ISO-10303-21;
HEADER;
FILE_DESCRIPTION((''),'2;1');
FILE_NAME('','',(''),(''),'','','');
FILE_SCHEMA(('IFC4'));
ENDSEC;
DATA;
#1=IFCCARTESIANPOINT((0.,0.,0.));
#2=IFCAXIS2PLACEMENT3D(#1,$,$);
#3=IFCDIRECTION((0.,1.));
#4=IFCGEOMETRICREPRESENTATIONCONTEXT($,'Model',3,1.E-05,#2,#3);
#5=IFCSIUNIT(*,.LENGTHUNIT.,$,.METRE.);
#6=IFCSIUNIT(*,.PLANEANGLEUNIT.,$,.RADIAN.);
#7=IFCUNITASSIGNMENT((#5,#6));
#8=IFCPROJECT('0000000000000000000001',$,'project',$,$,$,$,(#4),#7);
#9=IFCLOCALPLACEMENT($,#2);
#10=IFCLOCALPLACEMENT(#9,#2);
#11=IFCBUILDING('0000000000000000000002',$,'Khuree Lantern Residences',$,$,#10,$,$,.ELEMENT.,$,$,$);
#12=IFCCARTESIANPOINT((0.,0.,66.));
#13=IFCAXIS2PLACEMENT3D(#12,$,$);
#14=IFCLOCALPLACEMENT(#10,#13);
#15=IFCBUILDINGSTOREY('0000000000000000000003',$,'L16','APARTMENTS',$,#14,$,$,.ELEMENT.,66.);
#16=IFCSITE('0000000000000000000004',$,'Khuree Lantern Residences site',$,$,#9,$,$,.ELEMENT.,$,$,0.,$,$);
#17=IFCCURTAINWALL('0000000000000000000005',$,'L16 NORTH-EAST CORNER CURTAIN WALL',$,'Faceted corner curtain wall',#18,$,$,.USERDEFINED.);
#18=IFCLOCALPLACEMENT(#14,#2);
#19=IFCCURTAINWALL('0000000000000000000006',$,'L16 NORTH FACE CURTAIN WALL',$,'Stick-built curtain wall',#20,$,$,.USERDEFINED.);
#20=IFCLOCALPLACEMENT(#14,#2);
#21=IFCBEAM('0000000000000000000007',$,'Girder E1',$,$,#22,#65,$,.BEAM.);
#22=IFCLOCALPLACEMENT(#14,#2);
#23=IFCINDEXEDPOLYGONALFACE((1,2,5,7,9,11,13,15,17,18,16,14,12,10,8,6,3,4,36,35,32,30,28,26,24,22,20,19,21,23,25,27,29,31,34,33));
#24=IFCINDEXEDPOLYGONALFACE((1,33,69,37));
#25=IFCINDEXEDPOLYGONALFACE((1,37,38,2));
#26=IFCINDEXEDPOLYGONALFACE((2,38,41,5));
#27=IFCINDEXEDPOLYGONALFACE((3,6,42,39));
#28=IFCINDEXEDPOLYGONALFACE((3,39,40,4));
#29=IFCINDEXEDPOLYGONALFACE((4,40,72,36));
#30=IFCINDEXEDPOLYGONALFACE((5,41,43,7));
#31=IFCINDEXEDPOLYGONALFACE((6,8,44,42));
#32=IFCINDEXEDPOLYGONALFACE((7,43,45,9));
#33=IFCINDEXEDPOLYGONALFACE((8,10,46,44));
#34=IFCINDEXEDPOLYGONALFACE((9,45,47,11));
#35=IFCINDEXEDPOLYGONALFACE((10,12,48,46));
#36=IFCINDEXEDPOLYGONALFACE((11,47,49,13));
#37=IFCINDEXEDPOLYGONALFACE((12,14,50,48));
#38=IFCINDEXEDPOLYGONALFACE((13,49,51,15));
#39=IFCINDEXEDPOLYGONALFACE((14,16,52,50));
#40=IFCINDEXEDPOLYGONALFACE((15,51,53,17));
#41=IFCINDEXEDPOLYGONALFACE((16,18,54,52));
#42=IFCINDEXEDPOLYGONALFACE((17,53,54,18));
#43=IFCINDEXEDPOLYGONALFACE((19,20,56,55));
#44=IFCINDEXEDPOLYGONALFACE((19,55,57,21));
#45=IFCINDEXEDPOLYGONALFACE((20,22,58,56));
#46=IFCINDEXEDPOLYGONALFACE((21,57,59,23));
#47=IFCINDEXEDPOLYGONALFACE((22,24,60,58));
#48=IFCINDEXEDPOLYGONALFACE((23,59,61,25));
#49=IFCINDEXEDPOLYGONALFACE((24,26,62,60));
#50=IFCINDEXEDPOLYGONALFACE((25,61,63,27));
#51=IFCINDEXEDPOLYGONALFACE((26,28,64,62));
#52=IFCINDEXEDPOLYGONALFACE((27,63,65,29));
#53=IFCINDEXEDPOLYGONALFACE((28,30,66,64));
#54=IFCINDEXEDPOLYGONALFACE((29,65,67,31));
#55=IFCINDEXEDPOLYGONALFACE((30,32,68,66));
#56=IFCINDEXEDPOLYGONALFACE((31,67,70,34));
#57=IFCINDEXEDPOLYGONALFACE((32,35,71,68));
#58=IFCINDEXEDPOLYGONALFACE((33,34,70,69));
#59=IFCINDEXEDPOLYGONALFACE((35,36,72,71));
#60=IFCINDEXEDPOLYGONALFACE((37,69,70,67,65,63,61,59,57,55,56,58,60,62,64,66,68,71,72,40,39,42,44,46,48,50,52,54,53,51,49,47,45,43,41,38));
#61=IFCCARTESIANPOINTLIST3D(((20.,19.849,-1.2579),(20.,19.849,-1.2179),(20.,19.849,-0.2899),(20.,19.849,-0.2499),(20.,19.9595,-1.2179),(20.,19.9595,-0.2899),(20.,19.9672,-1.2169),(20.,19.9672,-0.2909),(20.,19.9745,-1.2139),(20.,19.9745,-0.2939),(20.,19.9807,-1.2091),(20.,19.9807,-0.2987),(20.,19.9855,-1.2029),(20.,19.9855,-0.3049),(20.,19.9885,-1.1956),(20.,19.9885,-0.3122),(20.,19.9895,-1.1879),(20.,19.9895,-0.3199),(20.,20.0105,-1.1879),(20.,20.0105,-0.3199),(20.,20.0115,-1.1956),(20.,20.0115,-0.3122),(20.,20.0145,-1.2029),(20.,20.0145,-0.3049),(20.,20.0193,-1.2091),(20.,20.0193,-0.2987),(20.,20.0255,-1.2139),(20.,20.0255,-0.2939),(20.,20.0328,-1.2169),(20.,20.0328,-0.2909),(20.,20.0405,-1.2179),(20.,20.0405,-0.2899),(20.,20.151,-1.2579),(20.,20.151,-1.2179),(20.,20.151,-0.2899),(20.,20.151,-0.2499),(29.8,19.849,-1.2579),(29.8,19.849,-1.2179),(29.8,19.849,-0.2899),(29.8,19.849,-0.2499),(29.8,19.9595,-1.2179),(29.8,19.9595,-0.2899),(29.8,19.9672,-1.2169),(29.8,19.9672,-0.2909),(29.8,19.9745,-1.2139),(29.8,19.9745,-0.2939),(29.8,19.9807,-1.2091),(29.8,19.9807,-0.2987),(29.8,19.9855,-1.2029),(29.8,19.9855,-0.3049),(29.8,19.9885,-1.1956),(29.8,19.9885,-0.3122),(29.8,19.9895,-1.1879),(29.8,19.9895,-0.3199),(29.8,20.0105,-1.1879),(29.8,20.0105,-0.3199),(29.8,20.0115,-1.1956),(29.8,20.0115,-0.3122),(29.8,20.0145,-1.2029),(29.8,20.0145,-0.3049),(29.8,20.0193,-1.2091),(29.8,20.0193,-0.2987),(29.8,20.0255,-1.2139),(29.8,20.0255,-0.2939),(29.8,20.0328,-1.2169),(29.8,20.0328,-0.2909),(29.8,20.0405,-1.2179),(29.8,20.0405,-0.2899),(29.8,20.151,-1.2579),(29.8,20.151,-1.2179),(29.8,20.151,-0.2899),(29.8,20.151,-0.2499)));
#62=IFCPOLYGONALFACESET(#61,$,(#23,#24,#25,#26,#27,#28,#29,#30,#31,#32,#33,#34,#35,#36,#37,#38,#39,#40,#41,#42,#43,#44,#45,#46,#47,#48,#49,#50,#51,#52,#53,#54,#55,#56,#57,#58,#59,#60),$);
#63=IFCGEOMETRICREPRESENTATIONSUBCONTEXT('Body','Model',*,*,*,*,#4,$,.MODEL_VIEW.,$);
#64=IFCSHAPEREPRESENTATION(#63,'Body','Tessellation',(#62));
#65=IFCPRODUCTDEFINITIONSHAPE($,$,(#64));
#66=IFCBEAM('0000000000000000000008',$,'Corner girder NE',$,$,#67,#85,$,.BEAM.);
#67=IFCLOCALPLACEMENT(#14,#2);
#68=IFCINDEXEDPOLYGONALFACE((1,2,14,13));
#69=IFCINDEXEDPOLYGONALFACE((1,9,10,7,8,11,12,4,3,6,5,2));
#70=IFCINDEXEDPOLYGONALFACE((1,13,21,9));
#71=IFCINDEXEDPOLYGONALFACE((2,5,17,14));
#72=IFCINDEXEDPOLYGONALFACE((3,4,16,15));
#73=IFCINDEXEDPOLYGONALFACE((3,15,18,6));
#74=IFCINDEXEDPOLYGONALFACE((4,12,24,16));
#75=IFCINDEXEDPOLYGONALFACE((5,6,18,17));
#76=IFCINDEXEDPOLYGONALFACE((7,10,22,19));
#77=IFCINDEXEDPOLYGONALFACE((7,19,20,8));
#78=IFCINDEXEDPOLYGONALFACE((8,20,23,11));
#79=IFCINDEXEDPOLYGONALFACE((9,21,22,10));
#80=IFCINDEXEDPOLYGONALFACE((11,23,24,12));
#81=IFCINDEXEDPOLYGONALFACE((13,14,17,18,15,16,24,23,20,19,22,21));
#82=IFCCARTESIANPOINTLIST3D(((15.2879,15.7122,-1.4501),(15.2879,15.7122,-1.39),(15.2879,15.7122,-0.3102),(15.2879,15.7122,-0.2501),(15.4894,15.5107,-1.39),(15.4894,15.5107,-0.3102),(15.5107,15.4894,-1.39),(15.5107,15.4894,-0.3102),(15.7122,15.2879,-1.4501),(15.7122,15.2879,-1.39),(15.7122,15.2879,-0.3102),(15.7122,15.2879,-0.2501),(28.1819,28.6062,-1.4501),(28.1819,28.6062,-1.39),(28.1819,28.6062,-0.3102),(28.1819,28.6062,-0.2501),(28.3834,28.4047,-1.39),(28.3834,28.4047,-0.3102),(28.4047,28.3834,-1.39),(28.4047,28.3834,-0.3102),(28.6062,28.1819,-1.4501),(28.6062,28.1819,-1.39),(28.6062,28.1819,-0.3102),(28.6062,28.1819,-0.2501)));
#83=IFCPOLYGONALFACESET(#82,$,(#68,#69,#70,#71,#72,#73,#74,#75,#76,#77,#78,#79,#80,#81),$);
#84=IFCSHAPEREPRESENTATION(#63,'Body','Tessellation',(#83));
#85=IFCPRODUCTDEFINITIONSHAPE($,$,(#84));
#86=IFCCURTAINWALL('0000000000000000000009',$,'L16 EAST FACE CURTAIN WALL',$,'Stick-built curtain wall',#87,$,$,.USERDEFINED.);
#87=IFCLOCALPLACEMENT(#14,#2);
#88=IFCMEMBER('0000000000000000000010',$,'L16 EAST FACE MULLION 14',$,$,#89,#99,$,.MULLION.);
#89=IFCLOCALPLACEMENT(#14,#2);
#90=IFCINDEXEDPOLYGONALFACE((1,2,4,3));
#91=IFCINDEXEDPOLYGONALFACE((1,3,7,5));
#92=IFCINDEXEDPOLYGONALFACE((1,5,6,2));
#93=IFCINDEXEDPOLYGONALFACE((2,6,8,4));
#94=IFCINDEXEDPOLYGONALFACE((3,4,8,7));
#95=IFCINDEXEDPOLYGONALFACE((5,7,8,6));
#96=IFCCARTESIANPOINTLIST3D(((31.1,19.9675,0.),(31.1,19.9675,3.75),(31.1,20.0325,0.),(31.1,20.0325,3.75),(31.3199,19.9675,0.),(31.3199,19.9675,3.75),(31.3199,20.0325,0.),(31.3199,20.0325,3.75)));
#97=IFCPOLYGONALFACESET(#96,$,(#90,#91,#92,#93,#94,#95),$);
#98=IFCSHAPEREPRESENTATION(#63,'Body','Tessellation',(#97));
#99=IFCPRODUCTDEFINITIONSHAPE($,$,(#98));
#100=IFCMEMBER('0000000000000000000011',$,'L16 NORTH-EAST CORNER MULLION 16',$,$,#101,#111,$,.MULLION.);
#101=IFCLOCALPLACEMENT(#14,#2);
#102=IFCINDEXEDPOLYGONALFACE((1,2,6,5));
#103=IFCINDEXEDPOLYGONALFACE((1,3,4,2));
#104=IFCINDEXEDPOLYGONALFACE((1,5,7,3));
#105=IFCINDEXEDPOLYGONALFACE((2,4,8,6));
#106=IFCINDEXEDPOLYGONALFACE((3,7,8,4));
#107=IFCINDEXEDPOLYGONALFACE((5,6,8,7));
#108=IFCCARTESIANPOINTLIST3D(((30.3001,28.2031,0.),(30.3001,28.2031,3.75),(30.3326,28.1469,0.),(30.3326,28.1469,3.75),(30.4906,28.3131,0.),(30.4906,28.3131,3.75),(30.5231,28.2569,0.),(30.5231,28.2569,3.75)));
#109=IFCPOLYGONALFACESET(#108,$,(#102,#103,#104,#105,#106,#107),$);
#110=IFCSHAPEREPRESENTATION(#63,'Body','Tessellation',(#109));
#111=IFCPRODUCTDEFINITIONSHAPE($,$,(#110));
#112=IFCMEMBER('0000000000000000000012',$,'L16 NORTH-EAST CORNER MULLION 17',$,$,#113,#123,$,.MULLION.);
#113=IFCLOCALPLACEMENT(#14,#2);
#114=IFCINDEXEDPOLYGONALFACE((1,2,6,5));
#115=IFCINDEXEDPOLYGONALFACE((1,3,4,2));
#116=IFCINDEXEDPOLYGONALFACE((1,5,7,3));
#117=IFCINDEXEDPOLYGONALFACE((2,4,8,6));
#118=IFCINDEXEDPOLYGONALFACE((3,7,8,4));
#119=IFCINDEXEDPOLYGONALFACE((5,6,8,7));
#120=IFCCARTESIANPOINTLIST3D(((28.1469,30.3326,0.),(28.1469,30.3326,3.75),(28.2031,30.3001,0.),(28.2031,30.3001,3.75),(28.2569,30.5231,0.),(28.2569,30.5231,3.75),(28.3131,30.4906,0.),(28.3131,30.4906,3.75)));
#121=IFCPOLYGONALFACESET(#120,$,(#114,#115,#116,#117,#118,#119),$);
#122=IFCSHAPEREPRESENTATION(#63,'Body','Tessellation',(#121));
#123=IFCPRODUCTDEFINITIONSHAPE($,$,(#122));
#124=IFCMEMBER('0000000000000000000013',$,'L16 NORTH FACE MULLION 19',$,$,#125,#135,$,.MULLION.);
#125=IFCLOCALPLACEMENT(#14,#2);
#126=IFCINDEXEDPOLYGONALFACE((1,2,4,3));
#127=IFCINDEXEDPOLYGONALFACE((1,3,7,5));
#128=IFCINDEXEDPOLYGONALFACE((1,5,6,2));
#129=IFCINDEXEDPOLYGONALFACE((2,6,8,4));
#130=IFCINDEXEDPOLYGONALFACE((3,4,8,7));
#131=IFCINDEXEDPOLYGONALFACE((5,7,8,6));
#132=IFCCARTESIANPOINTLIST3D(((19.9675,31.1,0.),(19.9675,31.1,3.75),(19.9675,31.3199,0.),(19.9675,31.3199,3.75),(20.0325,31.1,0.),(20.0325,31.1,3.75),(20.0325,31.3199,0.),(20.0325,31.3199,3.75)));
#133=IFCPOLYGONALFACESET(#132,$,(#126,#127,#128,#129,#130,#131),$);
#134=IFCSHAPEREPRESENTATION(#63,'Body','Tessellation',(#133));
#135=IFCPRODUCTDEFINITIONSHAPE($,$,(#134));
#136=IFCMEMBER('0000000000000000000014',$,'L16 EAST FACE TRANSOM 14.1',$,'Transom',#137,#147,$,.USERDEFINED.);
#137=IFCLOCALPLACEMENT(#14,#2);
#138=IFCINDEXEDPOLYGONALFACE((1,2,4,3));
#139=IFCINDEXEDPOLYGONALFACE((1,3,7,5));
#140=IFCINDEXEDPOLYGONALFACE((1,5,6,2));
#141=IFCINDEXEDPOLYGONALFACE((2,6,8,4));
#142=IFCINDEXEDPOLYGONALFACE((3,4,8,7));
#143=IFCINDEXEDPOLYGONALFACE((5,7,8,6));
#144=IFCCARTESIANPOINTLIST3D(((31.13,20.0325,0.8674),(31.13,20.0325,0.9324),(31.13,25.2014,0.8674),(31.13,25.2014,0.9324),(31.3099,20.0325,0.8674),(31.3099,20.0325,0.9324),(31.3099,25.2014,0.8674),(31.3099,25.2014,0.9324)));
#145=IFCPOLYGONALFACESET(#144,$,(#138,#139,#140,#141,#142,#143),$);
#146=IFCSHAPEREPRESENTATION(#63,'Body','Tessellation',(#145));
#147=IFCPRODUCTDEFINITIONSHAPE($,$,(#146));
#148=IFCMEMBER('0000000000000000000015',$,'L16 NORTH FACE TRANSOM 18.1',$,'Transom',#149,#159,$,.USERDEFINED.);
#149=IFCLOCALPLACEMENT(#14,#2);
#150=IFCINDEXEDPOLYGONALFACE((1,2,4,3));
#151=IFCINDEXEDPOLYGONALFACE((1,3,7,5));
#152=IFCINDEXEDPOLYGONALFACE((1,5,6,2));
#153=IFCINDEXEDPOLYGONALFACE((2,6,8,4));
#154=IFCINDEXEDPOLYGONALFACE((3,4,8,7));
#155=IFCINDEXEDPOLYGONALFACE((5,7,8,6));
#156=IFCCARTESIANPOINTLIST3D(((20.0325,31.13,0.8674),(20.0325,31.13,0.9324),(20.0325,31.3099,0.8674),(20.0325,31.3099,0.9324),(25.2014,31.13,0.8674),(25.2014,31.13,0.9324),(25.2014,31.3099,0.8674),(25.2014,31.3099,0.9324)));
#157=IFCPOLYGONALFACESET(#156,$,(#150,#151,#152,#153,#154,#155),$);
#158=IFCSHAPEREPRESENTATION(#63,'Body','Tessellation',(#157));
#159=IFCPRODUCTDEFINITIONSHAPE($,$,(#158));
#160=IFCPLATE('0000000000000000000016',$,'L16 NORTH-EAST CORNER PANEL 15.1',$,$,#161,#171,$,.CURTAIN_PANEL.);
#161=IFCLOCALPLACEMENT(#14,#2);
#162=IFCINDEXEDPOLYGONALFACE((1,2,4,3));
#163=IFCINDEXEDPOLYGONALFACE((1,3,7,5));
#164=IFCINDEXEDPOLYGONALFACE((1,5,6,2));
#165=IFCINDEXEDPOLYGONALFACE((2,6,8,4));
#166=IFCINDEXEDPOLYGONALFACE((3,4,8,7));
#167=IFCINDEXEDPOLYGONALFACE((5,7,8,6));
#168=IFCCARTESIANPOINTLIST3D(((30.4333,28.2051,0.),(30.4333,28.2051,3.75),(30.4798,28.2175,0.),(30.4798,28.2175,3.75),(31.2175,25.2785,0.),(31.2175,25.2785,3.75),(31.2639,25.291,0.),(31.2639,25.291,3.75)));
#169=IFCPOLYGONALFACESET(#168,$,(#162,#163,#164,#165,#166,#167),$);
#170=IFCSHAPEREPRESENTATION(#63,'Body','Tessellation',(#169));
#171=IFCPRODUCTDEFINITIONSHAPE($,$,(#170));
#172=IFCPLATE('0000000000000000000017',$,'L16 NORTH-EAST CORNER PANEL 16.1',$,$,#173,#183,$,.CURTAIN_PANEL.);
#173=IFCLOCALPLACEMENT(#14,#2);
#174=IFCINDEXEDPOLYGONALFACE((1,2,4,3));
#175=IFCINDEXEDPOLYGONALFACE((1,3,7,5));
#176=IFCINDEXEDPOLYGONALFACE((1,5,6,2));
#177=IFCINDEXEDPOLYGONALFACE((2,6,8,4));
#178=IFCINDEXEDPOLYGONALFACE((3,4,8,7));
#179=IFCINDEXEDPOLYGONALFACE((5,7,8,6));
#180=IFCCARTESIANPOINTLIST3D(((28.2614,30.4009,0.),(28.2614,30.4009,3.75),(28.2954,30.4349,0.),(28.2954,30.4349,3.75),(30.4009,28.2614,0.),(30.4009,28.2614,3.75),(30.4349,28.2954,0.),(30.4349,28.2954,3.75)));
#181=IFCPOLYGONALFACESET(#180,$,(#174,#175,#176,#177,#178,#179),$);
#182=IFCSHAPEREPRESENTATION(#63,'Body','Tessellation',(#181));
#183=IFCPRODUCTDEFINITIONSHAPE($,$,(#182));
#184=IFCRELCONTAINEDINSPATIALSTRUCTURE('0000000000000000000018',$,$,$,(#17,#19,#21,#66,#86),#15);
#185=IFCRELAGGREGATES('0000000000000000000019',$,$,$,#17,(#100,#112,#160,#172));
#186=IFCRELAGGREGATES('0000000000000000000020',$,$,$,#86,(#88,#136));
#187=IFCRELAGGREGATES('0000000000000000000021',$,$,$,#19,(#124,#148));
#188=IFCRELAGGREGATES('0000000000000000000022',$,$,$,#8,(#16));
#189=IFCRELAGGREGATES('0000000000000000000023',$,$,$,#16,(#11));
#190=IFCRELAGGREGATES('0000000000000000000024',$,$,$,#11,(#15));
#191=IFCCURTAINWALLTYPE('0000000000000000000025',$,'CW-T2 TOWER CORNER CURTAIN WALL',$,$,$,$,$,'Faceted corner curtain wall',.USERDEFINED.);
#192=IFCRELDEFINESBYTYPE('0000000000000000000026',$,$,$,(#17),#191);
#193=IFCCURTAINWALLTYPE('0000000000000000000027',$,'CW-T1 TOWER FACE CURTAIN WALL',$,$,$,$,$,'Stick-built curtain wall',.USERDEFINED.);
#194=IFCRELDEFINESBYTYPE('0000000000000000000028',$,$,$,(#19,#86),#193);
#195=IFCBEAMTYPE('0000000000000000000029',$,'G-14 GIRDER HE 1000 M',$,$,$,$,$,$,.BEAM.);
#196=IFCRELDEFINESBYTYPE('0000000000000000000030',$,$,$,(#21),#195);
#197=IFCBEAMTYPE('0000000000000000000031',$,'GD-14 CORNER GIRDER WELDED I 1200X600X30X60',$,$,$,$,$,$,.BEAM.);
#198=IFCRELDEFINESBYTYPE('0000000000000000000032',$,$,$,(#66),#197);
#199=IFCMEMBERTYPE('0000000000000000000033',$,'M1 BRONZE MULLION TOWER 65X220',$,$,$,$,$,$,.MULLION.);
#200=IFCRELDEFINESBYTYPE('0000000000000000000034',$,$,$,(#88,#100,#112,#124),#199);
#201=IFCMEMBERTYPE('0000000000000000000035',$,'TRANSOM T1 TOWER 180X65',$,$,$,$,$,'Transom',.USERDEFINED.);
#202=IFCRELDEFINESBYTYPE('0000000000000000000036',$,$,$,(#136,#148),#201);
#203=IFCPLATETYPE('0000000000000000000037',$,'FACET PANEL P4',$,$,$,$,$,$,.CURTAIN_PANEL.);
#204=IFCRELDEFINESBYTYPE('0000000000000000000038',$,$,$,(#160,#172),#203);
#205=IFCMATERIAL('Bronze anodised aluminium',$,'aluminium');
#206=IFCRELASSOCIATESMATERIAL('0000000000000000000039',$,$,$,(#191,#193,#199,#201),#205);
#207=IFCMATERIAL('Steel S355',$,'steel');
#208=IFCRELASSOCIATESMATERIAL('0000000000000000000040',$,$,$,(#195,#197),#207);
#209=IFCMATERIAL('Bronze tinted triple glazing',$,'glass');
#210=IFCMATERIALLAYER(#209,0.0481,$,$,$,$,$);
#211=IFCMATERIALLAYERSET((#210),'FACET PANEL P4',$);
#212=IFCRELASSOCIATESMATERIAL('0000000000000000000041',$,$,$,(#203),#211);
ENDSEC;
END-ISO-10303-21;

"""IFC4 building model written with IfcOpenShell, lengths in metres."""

from ifc_helpers import new_model, si_unit, direction, frame, origin, origin_2d, place, context, subcontext, project, spatial, rectangle, i_section, extrude, material, layer, layer_set, material_profile, profile_set, type_object, element, aggregate, save


model = new_model("IFC4")

# Units and contexts
model_context = context("Model", 3, precision=1e-05, world=origin(), true_north=direction((0.0, 1.0)))
body_context = subcontext(model_context, "Body", "Model", "MODEL_VIEW")
ifc_project = project(units=[si_unit("LENGTHUNIT", "METRE"), si_unit("PLANEANGLEUNIT", "RADIAN")], contexts=[model_context])

# Site, building, storey
site_placement = place(None, origin())
site = spatial("IfcSite", under=ifc_project, at=site_placement, Name="Khuree Lantern Residences site", CompositionType="ELEMENT", RefElevation=0.0)
building_placement = place(site_placement, origin())
building = spatial("IfcBuilding", under=site, at=building_placement, Name="Khuree Lantern Residences", CompositionType="ELEMENT")
storey_placement = place(building_placement, frame((0.0, 0.0, 66.0)))
storey = spatial("IfcBuildingStorey", under=building, at=storey_placement, Name="L16", Description="APARTMENTS", CompositionType="ELEMENT", Elevation=66.0)

# Shared definitions
ifc_material_1 = material(Name="Steel S355", Category="steel")

# Curtain walls
ifc_material_2 = material(Name="Bronze anodised aluminium", Category="aluminium")
curtain_wall_type_1 = type_object("IfcCurtainWallType", Name="CW-T2 TOWER CORNER CURTAIN WALL", ElementType="Faceted corner curtain wall", PredefinedType="USERDEFINED", material=ifc_material_2)
curtain_wall_1_placement = place(storey_placement, origin())
curtain_wall_1 = element("IfcCurtainWall", 1, at=curtain_wall_1_placement, inside=storey, type_object=curtain_wall_type_1, Name="L16 NORTH-EAST CORNER CURTAIN WALL", ObjectType="Faceted corner curtain wall", PredefinedType="USERDEFINED")
curtain_wall_type_2 = type_object("IfcCurtainWallType", Name="CW-T1 TOWER FACE CURTAIN WALL", ElementType="Stick-built curtain wall", PredefinedType="USERDEFINED", material=ifc_material_2)
curtain_wall_2_placement = place(storey_placement, origin())
curtain_wall_2 = element("IfcCurtainWall", 2, at=curtain_wall_2_placement, inside=storey, type_object=curtain_wall_type_2, Name="L16 NORTH FACE CURTAIN WALL", ObjectType="Stick-built curtain wall", PredefinedType="USERDEFINED")

# Beams
ifc_material_profile_1 = material_profile(ifc_material_1, i_section(OverallWidth=0.302, OverallDepth=1.0081, WebThickness=0.021, FlangeThickness=0.04, FilletRadius=0.03, at=origin_2d()), Name="HE 1000 M")
ifc_profile_set_1 = profile_set([ifc_material_profile_1], Name="Steel S355")
beam_type_1 = type_object("IfcBeamType", Name="G-14 GIRDER HE 1000 M", PredefinedType="BEAM", material=ifc_profile_set_1)
for number, where, z_axis, x_axis, name in (
    (3, (29.8, 20.0, -0.7539), (-1.0, 0.0, 0.0), (0.0, -1.0, 0.0), "Girder E1"),
):
    element("IfcBeam", number, at=place(storey_placement, frame(where, z_axis=z_axis, x_axis=x_axis)), inside=storey, type_object=beam_type_1, Name=name, PredefinedType="BEAM", context=body_context, shape_type="SweptSolid", body=[
        extrude(i_section(OverallWidth=0.302, OverallDepth=1.0081, WebThickness=0.021, FlangeThickness=0.04, FilletRadius=0.03, at=origin_2d()), origin(), (0.0, 0.0, 1.0), 9.8),
    ])
ifc_material_profile_2 = material_profile(ifc_material_1, i_section(OverallWidth=0.6001, OverallDepth=1.2, WebThickness=0.03, FlangeThickness=0.0601, at=origin_2d()), Name="WELDED I 1200X600X30X60")
ifc_profile_set_2 = profile_set([ifc_material_profile_2], Name="Steel S355")
beam_type_2 = type_object("IfcBeamType", Name="GD-14 CORNER GIRDER WELDED I 1200X600X30X60", PredefinedType="BEAM", material=ifc_profile_set_2)
beam_1_placement = place(storey_placement, frame((28.394, 28.394, -0.8501), z_axis=(-0.707107, -0.707107, 0.0), x_axis=(0.707107, -0.707107, 0.0)))
element("IfcBeam", 4, at=beam_1_placement, inside=storey, type_object=beam_type_2, Name="Corner girder NE", PredefinedType="BEAM", context=body_context, shape_type="SweptSolid", body=[
    extrude(i_section(OverallWidth=0.6001, OverallDepth=1.2, WebThickness=0.03, FlangeThickness=0.0601, at=origin_2d()), origin(), (0.0, 0.0, 1.0), 18.2349),
])

# Curtain wall, member
curtain_wall_3_placement = place(storey_placement, origin())
curtain_wall_3 = element("IfcCurtainWall", 5, at=curtain_wall_3_placement, inside=storey, type_object=curtain_wall_type_2, Name="L16 EAST FACE CURTAIN WALL", ObjectType="Stick-built curtain wall", PredefinedType="USERDEFINED")
ifc_material_profile_3 = material_profile(ifc_material_2, rectangle(XDim=0.0649, YDim=0.22, at=origin_2d()), Name="M1 65X220")
ifc_profile_set_3 = profile_set([ifc_material_profile_3], Name="Bronze anodised aluminium")
member_type_1 = type_object("IfcMemberType", Name="M1 BRONZE MULLION TOWER 65X220", PredefinedType="MULLION", material=ifc_profile_set_3)
member_1_placement = place(storey_placement, frame((31.21, 20.0, 0.0), z_axis=(0.0, 0.0, 1.0), x_axis=(0.0, 1.0, 0.0)))
member_1 = element("IfcMember", 6, at=member_1_placement, type_object=member_type_1, Name="L16 EAST FACE MULLION 14", PredefinedType="MULLION", context=body_context, shape_type="SweptSolid", body=[
    extrude(rectangle(XDim=0.0649, YDim=0.22, at=origin_2d()), origin(), (0.0, 0.0, 1.0), 3.75),
])

# Members
member_2_placement = place(storey_placement, frame((30.4116, 28.23, 0.0), z_axis=(0.0, 0.0, 1.0), x_axis=(-0.5, 0.866025, 0.0)))
member_2 = element("IfcMember", 7, at=member_2_placement, type_object=member_type_1, Name="L16 NORTH-EAST CORNER MULLION 16", PredefinedType="MULLION", context=body_context, shape_type="SweptSolid", body=[
    extrude(rectangle(XDim=0.0649, YDim=0.22, at=origin_2d()), origin(), (0.0, 0.0, 1.0), 3.75),
])
member_3_placement = place(storey_placement, frame((28.23, 30.4116, 0.0), z_axis=(0.0, 0.0, 1.0), x_axis=(-0.866025, 0.5, 0.0)))
member_3 = element("IfcMember", 8, at=member_3_placement, type_object=member_type_1, Name="L16 NORTH-EAST CORNER MULLION 17", PredefinedType="MULLION", context=body_context, shape_type="SweptSolid", body=[
    extrude(rectangle(XDim=0.0649, YDim=0.22, at=origin_2d()), origin(), (0.0, 0.0, 1.0), 3.75),
])
member_4_placement = place(storey_placement, frame((20.0, 31.21, 0.0), z_axis=(0.0, 0.0, 1.0), x_axis=(-1.0, 0.0, 0.0)))
member_4 = element("IfcMember", 9, at=member_4_placement, type_object=member_type_1, Name="L16 NORTH FACE MULLION 19", PredefinedType="MULLION", context=body_context, shape_type="SweptSolid", body=[
    extrude(rectangle(XDim=0.0649, YDim=0.22, at=origin_2d()), origin(), (0.0, 0.0, 1.0), 3.75),
])
ifc_material_profile_4 = material_profile(ifc_material_2, rectangle(XDim=0.1799, YDim=0.0649, at=origin_2d()), Name="T1 180X65")
ifc_profile_set_4 = profile_set([ifc_material_profile_4], Name="Bronze anodised aluminium")
member_type_2 = type_object("IfcMemberType", Name="TRANSOM T1 TOWER 180X65", ElementType="Transom", PredefinedType="USERDEFINED", material=ifc_profile_set_4)
member_5_placement = place(storey_placement, frame((31.22, 20.0325, 0.8999), z_axis=(0.0, 1.0, 0.0), x_axis=(-1.0, 0.0, 0.0)))
member_5 = element("IfcMember", 10, at=member_5_placement, type_object=member_type_2, Name="L16 EAST FACE TRANSOM 14.1", ObjectType="Transom", PredefinedType="USERDEFINED", context=body_context, shape_type="SweptSolid", body=[
    extrude(rectangle(XDim=0.1799, YDim=0.0649, at=origin_2d()), origin(), (0.0, 0.0, 1.0), 5.1689),
])
member_6_placement = place(storey_placement, frame((25.2014, 31.22, 0.8999), z_axis=(-1.0, 0.0, 0.0), x_axis=(0.0, -1.0, 0.0)))
member_6 = element("IfcMember", 11, at=member_6_placement, type_object=member_type_2, Name="L16 NORTH FACE TRANSOM 18.1", ObjectType="Transom", PredefinedType="USERDEFINED", context=body_context, shape_type="SweptSolid", body=[
    extrude(rectangle(XDim=0.1799, YDim=0.0649, at=origin_2d()), origin(), (0.0, 0.0, 1.0), 5.1689),
])

# Plates
ifc_material_3 = material(Name="Bronze tinted triple glazing", Category="glass")
ifc_layer_1 = layer(ifc_material_3, 0.0481)
ifc_layer_set_1 = layer_set([ifc_layer_1], Name="FACET PANEL P4")
plate_type_1 = type_object("IfcPlateType", Name="FACET PANEL P4", PredefinedType="CURTAIN_PANEL", material=ifc_layer_set_1)
plate_1_placement = place(storey_placement, frame((30.8486, 26.748, 0.0), z_axis=(0.0, 0.0, 1.0), x_axis=(-0.258819, 0.965926, 0.0)))
plate_1 = element("IfcPlate", 12, at=plate_1_placement, type_object=plate_type_1, Name="L16 NORTH-EAST CORNER PANEL 15.1", PredefinedType="CURTAIN_PANEL", context=body_context, shape_type="SweptSolid", body=[
    extrude(rectangle(XDim=3.0298, YDim=0.0481, at=origin_2d()), origin(), (0.0, 0.0, 1.0), 3.75),
])
plate_2_placement = place(storey_placement, frame((29.3481, 29.3481, 0.0), z_axis=(0.0, 0.0, 1.0), x_axis=(-0.707107, 0.707107, 0.0)))
plate_2 = element("IfcPlate", 13, at=plate_2_placement, type_object=plate_type_1, Name="L16 NORTH-EAST CORNER PANEL 16.1", PredefinedType="CURTAIN_PANEL", context=body_context, shape_type="SweptSolid", body=[
    extrude(rectangle(XDim=3.0256, YDim=0.0481, at=origin_2d()), origin(), (0.0, 0.0, 1.0), 3.75),
])
aggregate(curtain_wall_1, [member_2, member_3, plate_1, plate_2])
aggregate(curtain_wall_3, [member_1, member_5])
aggregate(curtain_wall_2, [member_4, member_6])

save(model, "model.ifc")
